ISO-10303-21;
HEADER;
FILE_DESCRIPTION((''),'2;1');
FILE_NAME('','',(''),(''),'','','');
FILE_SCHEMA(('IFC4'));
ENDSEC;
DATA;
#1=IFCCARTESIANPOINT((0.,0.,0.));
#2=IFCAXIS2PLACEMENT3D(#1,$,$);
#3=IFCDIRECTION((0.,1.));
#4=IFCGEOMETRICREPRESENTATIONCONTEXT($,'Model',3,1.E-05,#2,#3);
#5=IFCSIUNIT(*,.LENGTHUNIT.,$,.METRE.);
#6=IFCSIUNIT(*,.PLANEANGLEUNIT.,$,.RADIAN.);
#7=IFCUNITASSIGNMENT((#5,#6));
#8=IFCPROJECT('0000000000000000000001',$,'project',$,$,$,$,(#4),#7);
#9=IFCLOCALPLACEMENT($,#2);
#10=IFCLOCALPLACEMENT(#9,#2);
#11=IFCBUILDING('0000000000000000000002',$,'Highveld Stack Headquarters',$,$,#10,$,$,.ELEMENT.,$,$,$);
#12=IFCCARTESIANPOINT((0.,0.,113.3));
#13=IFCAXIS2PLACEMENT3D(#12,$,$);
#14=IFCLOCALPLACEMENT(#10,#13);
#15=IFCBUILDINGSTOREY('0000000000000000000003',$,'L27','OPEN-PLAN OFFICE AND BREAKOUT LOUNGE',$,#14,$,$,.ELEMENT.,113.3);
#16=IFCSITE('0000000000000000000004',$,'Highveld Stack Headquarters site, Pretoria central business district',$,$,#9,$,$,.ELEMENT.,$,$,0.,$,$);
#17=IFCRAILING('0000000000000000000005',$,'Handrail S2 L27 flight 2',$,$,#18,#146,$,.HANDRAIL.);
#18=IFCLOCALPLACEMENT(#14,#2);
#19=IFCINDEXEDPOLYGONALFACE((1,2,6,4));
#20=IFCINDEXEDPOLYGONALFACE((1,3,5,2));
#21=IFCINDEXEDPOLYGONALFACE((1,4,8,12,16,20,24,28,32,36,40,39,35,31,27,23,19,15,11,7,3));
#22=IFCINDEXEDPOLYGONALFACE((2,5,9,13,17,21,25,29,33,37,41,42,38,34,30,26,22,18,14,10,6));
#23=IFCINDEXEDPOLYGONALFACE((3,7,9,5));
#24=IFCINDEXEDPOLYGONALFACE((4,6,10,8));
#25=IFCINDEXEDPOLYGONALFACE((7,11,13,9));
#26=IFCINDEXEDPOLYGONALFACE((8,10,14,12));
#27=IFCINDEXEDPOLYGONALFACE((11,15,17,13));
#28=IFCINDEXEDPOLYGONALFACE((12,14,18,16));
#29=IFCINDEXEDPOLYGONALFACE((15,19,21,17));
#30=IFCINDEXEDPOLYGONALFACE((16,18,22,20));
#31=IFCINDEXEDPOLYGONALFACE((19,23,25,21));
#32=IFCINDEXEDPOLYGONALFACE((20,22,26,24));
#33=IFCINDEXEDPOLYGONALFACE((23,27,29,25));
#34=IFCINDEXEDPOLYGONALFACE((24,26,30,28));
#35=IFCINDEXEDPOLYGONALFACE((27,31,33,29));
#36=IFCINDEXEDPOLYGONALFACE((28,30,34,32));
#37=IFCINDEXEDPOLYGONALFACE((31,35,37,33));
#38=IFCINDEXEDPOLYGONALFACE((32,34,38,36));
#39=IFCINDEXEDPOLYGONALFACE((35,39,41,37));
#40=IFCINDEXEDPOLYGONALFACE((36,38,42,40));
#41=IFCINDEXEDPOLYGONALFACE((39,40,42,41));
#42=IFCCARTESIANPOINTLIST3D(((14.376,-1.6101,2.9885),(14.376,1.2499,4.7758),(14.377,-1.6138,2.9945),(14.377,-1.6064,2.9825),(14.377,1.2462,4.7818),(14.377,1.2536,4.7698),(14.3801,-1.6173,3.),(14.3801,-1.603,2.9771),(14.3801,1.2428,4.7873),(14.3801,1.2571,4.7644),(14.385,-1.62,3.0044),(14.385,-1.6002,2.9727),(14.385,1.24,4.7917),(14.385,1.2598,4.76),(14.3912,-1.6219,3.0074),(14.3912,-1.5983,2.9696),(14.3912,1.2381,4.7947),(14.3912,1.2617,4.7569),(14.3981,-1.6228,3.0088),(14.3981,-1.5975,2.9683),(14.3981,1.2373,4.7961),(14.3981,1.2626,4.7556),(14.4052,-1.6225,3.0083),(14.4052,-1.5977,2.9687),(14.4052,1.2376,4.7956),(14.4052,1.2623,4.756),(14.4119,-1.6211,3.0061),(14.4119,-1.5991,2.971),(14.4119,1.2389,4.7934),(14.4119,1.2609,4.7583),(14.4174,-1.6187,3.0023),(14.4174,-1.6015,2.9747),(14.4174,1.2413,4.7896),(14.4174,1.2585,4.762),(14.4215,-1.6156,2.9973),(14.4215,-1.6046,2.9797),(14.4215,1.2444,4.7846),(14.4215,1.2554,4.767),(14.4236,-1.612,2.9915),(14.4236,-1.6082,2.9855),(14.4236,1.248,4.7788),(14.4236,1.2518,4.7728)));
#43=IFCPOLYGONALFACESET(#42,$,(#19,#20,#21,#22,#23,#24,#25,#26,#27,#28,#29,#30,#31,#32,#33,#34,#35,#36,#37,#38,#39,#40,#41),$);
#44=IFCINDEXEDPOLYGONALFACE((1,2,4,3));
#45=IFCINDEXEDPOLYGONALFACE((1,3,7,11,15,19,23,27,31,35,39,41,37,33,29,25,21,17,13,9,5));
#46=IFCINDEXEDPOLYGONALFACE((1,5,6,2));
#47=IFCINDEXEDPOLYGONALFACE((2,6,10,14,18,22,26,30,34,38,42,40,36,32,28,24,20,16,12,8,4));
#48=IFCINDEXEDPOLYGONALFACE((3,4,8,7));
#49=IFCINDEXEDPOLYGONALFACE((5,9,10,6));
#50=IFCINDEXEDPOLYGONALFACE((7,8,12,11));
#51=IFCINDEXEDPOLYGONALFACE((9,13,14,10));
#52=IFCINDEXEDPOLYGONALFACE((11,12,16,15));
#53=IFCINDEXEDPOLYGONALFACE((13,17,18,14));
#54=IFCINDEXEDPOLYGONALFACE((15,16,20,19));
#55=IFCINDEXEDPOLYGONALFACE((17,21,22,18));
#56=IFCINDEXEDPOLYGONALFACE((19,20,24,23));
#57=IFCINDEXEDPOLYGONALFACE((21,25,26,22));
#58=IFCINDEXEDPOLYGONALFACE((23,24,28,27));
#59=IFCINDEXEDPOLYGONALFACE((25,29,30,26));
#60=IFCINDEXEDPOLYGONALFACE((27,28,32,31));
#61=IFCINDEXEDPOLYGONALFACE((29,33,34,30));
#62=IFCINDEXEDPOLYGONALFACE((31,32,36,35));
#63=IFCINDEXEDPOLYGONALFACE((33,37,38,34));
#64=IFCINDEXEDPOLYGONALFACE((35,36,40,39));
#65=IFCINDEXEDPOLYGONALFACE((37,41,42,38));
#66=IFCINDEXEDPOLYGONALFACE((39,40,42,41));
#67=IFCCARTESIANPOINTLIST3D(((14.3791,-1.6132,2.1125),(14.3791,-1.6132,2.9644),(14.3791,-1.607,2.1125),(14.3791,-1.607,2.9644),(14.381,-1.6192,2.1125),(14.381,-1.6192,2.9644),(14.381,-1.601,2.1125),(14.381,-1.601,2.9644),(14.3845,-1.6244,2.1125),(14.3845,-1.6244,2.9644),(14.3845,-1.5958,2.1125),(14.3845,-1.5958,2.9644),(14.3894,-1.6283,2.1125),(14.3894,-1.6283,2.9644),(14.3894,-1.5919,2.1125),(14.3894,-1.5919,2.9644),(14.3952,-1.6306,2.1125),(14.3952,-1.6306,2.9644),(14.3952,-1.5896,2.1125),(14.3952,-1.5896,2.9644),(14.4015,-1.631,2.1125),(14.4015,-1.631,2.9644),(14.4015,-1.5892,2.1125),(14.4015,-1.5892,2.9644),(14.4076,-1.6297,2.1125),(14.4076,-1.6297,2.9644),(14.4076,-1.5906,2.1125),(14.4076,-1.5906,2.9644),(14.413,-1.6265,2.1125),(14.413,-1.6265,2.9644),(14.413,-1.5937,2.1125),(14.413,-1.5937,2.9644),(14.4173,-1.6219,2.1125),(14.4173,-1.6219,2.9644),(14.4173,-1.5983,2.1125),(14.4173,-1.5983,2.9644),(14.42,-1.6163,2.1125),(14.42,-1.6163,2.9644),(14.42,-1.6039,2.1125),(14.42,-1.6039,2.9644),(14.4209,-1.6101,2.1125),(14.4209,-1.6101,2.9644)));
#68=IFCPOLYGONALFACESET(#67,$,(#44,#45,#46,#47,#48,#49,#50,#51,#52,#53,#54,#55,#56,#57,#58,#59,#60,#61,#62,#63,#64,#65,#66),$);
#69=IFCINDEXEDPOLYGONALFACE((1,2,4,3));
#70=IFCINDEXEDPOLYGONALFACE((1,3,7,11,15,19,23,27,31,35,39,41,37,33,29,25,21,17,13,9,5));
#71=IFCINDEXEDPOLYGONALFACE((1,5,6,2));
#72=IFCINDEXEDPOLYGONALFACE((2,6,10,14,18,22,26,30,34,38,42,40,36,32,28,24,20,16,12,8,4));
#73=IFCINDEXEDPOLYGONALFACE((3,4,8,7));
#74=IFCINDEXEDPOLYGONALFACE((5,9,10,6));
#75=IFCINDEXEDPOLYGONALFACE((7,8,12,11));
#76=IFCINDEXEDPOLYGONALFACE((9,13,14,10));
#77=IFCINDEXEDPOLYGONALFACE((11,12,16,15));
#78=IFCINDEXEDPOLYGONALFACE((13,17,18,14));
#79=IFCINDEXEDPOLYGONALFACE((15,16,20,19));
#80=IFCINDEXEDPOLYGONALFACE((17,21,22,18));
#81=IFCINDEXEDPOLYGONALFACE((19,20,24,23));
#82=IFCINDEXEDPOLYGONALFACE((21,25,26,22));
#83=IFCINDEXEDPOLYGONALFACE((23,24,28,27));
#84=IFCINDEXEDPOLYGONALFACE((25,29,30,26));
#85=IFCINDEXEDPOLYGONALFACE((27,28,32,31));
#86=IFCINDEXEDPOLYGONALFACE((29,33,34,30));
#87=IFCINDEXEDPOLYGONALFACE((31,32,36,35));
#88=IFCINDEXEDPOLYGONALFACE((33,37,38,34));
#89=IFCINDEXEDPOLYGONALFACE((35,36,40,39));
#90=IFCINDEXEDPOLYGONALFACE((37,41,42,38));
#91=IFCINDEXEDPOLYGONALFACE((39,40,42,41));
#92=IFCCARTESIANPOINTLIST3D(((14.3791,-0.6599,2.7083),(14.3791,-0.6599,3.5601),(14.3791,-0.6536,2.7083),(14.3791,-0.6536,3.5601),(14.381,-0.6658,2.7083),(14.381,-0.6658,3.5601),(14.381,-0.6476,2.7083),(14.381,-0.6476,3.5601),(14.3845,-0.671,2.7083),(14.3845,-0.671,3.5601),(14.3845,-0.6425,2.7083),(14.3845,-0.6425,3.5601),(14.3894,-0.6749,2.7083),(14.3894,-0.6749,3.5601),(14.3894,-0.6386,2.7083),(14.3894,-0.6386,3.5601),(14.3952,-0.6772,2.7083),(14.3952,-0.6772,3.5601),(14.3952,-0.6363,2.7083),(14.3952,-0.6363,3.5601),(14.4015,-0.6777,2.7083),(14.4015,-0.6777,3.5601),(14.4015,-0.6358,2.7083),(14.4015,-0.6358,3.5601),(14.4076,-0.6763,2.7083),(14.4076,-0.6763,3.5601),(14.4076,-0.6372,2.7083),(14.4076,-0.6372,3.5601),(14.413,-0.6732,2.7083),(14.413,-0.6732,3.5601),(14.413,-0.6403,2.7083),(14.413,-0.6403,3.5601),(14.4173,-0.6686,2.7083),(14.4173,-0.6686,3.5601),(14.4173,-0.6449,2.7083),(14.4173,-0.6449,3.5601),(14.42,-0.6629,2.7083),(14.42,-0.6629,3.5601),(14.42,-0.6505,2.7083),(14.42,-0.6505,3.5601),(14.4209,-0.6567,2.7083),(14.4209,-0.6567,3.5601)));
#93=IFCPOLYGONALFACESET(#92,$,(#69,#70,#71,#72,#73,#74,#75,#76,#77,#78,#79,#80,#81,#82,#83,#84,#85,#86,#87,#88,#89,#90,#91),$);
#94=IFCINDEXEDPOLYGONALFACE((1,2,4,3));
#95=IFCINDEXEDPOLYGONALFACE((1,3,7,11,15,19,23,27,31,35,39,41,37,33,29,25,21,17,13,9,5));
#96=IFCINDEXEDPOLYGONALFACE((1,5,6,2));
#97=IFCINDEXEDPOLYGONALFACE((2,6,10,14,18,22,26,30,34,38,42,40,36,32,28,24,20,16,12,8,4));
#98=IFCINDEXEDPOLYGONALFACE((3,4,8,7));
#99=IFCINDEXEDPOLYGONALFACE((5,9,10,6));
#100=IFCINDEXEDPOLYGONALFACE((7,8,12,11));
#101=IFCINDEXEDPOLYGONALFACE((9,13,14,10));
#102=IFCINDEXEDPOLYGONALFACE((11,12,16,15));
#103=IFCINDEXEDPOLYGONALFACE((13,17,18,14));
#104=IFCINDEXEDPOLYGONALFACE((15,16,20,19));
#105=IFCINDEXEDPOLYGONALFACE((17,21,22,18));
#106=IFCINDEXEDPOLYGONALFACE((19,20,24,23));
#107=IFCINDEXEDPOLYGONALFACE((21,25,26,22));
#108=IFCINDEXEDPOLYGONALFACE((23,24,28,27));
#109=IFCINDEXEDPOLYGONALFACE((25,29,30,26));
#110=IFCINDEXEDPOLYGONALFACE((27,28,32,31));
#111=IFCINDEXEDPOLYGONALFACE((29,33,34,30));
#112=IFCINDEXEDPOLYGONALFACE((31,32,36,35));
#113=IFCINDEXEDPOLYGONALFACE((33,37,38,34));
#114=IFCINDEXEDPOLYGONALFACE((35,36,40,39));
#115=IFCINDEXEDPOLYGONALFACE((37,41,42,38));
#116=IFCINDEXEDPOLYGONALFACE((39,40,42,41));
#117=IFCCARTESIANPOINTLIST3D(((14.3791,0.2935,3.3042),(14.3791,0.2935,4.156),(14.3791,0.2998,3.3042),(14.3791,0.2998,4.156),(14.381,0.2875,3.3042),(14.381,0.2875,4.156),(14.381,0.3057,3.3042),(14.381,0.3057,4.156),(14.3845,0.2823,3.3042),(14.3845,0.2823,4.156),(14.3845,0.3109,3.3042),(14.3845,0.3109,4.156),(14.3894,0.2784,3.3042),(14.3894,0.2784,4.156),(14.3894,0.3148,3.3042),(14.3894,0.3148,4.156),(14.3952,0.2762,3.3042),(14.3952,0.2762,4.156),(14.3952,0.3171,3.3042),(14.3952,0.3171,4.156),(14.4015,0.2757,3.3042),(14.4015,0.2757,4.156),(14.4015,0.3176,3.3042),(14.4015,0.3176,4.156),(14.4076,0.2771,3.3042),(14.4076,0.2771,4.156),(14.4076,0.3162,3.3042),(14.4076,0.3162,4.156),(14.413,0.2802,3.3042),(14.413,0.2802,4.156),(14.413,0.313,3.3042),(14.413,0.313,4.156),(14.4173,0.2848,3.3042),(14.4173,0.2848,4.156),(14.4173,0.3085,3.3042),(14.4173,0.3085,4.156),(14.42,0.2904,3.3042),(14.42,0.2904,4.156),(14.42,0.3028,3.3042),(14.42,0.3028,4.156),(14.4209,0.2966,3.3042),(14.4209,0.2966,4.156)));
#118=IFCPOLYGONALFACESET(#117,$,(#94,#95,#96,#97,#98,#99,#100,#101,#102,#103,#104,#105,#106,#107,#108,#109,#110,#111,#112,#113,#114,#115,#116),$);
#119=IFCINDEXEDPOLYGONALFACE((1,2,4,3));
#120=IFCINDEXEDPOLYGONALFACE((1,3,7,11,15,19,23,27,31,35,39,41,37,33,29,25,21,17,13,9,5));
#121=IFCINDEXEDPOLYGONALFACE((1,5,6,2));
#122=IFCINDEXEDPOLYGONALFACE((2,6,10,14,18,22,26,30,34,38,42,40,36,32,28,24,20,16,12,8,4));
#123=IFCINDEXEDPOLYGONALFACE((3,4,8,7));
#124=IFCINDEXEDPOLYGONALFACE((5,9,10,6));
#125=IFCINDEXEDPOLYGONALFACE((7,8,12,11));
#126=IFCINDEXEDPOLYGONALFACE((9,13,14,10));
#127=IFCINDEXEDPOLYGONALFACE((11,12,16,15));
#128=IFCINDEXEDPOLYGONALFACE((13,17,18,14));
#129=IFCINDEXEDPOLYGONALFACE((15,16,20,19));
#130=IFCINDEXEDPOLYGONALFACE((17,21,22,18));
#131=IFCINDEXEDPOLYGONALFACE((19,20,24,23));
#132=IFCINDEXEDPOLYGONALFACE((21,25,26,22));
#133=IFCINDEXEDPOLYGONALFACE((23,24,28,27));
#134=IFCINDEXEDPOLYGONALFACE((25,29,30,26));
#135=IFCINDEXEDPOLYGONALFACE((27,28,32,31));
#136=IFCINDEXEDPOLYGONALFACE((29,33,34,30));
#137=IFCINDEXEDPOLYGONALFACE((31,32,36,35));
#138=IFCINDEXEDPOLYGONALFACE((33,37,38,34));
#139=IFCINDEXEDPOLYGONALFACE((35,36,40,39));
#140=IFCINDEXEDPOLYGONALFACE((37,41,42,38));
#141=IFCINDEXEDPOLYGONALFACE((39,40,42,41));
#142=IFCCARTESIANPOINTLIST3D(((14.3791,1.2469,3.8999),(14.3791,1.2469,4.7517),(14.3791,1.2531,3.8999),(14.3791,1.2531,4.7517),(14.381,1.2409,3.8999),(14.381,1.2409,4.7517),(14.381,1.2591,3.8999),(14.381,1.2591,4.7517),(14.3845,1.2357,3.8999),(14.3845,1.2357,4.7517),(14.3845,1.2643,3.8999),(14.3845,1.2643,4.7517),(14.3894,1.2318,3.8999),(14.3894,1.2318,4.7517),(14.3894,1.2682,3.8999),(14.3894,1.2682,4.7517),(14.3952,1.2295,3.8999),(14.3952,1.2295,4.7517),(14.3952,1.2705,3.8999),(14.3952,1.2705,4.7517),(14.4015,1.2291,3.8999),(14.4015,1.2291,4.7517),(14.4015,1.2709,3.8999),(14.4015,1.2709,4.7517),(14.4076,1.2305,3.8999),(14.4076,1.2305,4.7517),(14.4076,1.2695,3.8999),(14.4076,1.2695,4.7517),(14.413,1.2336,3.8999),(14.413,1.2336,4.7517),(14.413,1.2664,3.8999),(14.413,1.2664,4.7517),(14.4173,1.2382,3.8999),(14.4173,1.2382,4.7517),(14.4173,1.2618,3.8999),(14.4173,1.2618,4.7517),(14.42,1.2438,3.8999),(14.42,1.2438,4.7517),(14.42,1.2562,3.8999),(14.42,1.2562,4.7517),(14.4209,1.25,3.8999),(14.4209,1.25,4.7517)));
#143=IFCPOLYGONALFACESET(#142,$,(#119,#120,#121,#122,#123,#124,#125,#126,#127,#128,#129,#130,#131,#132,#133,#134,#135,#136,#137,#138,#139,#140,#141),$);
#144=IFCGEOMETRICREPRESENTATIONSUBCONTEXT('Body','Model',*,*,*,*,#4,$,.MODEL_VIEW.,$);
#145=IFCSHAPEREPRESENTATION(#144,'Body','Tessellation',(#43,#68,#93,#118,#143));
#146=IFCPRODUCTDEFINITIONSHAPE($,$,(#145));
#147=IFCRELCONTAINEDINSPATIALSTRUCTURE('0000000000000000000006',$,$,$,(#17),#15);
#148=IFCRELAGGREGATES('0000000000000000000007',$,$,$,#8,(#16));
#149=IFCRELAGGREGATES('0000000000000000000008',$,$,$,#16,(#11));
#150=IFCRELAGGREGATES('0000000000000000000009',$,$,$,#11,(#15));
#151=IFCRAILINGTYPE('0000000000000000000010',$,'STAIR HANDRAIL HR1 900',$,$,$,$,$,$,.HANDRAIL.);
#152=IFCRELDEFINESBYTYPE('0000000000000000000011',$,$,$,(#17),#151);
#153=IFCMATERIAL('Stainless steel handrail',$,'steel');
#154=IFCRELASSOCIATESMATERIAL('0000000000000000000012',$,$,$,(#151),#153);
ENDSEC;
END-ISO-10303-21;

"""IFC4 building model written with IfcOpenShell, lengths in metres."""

from ifc_helpers import new_model, si_unit, direction, frame, origin, origin_2d, place, context, subcontext, project, spatial, circle, extrude, material, type_object, element, save


model = new_model("IFC4")

# Units and contexts
model_context = context("Model", 3, precision=1e-05, world=origin(), true_north=direction((0.0, 1.0)))
body_context = subcontext(model_context, "Body", "Model", "MODEL_VIEW")
ifc_project = project(units=[si_unit("LENGTHUNIT", "METRE"), si_unit("PLANEANGLEUNIT", "RADIAN")], contexts=[model_context])

# Site, building, storey
site_placement = place(None, origin())
site = spatial("IfcSite", under=ifc_project, at=site_placement, Name="Highveld Stack Headquarters site, Pretoria central business district", CompositionType="ELEMENT", RefElevation=0.0)
building_placement = place(site_placement, origin())
building = spatial("IfcBuilding", under=site, at=building_placement, Name="Highveld Stack Headquarters", CompositionType="ELEMENT")
storey_placement = place(building_placement, frame((0.0, 0.0, 113.3)))
storey = spatial("IfcBuildingStorey", under=building, at=storey_placement, Name="L27", Description="OPEN-PLAN OFFICE AND BREAKOUT LOUNGE", CompositionType="ELEMENT", Elevation=113.3)

# Railing
ifc_material_1 = material(Name="Stainless steel handrail", Category="steel")
railing_type = type_object("IfcRailingType", Name="STAIR HANDRAIL HR1 900", PredefinedType="HANDRAIL", material=ifc_material_1)
for number, where, name in (
    (1, (14.3999, -1.6101, 2.1125), "Handrail S2 L27 flight 2"),
):
    element("IfcRailing", number, at=place(storey_placement, frame(where)), inside=storey, type_object=railing_type, Name=name, PredefinedType="HANDRAIL", context=body_context, shape_type="SweptSolid", body=[
        extrude(circle(Radius=0.0239, at=origin_2d()), frame((0.0, 0.0, 0.876), z_axis=(0.0, 0.848027, 0.529953), x_axis=(-1.0, 0.0, 0.0)), (0.0, 0.0, 1.0), 3.3726),
        extrude(circle(Radius=0.021, at=origin_2d()), origin(), (0.0, 0.0, 1.0), 0.8518),
        extrude(circle(Radius=0.021, at=origin_2d()), frame((0.0, 0.9534, 0.5957)), (0.0, 0.0, 1.0), 0.8518),
        extrude(circle(Radius=0.021, at=origin_2d()), frame((0.0, 1.9067, 1.1917)), (0.0, 0.0, 1.0), 0.8518),
        extrude(circle(Radius=0.021, at=origin_2d()), frame((0.0, 2.8601, 1.7874)), (0.0, 0.0, 1.0), 0.8518),
    ])

save(model, "model.ifc")
